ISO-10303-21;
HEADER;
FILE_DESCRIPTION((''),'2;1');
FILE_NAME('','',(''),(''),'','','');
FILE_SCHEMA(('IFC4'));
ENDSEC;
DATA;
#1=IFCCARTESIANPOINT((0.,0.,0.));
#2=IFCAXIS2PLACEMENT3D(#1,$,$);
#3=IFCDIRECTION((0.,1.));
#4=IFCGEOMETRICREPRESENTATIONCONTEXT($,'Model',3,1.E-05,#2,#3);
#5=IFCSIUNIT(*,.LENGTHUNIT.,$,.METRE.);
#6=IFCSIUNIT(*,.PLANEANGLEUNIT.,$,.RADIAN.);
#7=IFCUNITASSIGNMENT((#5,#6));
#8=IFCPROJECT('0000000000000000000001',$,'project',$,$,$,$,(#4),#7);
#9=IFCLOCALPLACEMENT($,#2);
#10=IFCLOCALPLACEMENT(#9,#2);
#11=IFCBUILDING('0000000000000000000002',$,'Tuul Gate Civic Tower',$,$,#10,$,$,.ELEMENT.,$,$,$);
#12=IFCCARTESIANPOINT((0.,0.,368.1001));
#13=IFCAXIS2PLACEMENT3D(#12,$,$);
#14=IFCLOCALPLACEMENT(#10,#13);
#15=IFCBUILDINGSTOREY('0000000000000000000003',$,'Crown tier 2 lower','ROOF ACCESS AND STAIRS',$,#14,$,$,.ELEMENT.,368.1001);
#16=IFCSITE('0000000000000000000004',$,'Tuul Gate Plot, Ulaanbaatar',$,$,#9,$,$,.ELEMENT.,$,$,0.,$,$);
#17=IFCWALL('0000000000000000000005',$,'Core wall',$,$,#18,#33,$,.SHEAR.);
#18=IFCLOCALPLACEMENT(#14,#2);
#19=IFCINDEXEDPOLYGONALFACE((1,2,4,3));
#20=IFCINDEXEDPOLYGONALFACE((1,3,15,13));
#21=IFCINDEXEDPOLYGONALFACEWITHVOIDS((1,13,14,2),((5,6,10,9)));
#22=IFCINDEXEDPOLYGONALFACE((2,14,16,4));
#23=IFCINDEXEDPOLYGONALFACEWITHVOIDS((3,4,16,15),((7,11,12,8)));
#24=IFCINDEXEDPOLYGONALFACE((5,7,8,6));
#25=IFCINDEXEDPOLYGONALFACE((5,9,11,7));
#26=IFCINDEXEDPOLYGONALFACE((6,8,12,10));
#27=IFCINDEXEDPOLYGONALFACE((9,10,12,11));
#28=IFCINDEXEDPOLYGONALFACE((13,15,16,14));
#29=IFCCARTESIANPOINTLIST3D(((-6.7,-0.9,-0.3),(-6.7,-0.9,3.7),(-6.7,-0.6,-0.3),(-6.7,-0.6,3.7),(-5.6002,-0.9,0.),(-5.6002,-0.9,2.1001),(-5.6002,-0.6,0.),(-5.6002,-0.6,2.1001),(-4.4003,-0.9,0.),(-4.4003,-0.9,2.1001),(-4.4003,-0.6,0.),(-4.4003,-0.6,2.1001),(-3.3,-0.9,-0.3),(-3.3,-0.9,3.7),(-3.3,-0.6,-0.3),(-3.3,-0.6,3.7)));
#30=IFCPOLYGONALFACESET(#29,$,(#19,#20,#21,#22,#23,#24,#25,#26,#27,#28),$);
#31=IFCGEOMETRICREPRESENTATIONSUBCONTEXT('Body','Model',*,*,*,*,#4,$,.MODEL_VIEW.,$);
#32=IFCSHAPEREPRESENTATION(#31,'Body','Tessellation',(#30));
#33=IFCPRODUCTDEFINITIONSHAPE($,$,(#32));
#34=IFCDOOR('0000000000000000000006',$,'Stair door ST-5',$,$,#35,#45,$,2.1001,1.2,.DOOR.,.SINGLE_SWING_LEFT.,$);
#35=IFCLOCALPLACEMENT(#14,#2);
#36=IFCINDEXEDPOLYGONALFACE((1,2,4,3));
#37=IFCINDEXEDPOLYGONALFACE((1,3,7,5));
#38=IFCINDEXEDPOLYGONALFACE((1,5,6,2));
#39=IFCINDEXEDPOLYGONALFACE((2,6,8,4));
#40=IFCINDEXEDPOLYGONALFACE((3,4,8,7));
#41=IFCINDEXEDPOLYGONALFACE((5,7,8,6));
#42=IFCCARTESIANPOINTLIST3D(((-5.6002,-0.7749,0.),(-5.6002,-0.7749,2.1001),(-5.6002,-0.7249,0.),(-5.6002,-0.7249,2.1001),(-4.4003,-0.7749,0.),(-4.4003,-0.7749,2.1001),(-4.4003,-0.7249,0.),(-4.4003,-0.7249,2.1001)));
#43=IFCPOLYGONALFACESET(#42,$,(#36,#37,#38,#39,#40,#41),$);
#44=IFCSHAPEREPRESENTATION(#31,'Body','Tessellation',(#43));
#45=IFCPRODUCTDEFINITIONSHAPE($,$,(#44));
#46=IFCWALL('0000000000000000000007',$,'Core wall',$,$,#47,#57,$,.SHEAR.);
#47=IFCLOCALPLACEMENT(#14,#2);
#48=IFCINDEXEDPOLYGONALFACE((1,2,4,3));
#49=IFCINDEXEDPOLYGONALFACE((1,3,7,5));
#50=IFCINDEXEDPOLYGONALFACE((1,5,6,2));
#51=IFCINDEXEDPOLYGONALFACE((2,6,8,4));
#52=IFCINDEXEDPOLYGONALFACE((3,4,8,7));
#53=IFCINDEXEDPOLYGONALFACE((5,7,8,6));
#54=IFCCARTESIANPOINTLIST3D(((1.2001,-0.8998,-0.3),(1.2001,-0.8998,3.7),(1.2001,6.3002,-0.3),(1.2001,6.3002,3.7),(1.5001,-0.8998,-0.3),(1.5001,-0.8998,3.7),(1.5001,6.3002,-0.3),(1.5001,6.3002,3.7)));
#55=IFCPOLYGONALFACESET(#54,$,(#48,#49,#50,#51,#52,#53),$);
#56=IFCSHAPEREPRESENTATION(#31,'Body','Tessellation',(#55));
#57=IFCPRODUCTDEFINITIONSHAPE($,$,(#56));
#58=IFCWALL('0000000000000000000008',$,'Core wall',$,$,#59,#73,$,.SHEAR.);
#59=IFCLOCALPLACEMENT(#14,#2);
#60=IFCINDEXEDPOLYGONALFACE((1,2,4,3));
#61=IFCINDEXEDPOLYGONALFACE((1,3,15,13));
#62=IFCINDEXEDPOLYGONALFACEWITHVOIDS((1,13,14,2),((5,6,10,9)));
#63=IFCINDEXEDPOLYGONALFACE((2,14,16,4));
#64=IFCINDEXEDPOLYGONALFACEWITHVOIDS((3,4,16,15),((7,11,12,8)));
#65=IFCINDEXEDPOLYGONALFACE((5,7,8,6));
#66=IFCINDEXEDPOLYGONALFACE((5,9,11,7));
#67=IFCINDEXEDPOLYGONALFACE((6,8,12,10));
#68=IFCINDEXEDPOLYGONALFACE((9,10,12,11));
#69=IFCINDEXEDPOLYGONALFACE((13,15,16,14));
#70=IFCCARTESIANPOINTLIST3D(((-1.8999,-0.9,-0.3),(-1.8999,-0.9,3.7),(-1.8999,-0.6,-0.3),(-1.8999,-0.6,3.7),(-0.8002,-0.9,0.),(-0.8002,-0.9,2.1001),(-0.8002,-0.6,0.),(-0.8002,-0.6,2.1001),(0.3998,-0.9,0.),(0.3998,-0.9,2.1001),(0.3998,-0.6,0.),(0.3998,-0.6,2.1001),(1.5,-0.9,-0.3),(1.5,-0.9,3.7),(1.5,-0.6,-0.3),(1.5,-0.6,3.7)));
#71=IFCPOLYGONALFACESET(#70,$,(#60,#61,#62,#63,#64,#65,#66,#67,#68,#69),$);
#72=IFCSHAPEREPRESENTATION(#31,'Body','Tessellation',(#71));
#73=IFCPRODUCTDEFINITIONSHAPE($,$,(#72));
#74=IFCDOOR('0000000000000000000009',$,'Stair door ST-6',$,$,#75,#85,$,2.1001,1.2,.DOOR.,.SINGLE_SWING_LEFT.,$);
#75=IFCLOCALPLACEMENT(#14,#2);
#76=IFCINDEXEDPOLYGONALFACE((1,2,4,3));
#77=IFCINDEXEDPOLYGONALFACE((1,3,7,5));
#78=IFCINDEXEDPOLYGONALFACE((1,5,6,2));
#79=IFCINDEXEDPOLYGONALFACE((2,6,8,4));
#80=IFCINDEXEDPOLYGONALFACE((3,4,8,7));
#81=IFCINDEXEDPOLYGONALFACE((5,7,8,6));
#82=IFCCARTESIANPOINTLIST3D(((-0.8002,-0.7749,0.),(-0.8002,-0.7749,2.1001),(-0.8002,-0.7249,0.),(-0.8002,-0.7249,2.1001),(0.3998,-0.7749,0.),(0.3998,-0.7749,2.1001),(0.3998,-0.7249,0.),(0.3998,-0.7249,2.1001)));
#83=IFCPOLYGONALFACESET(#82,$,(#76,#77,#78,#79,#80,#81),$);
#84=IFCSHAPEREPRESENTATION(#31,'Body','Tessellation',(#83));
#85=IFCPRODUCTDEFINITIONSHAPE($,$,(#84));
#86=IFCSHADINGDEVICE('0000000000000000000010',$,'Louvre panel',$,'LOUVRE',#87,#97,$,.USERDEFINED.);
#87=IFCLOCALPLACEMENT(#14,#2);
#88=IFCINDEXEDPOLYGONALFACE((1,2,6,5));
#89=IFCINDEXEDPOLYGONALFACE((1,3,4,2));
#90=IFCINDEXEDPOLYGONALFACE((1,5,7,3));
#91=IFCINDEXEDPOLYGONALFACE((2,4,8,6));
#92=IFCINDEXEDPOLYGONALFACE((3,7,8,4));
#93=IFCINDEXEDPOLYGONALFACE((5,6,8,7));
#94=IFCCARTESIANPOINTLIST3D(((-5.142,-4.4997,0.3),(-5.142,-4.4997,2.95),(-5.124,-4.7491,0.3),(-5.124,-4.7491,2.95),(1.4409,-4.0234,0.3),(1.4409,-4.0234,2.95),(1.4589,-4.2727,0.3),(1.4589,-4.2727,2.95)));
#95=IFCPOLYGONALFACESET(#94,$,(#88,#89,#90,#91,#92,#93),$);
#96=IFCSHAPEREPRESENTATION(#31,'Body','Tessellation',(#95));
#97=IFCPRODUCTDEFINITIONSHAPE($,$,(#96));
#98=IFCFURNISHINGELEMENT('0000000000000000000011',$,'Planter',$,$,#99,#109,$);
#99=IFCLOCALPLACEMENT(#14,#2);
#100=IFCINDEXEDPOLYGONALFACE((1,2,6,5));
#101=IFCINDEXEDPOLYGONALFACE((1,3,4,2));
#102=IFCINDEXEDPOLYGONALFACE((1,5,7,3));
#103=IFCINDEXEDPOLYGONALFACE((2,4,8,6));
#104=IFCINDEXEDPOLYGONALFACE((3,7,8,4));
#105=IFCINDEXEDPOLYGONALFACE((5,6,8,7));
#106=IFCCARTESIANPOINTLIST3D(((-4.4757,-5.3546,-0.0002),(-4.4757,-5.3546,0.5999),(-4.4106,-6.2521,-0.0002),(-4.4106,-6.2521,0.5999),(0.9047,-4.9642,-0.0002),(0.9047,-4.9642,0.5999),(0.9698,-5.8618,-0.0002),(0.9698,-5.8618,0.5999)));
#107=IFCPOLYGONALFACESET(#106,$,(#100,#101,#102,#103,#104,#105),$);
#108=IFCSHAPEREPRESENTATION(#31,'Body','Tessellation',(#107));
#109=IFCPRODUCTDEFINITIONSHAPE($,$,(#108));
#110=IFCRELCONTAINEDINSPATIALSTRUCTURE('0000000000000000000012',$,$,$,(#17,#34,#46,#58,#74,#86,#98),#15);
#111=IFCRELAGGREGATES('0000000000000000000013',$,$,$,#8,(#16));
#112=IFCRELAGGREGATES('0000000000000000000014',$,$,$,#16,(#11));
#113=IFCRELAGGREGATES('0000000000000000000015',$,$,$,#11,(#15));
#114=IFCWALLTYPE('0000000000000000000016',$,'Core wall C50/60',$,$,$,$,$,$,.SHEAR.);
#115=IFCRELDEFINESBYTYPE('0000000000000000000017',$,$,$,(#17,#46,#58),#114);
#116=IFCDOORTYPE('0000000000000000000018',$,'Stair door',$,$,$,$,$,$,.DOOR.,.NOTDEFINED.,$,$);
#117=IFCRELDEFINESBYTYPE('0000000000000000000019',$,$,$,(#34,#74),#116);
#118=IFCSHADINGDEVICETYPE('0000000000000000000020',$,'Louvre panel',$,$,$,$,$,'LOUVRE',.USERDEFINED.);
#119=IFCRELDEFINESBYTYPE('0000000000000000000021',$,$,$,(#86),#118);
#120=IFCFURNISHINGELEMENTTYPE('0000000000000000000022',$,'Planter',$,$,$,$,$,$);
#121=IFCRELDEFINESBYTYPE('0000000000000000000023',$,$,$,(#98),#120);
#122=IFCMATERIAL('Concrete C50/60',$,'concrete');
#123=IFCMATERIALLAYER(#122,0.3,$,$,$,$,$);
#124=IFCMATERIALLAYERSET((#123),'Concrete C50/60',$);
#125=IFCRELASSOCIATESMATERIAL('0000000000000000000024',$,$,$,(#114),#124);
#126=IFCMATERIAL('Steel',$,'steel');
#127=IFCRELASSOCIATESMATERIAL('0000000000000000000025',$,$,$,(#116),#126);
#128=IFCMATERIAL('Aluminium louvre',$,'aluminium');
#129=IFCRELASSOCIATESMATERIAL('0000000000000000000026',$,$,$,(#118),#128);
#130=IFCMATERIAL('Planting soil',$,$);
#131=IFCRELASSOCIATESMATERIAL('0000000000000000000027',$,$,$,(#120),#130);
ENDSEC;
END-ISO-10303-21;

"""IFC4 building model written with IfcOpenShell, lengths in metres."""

from ifc_helpers import new_model, si_unit, direction, frame, frame_2d, origin, origin_2d, place, context, subcontext, project, spatial, rectangle, extrude, material, layer, layer_set, type_object, element, fill, save


model = new_model("IFC4")

# Units and contexts
model_context = context("Model", 3, precision=1e-05, world=origin(), true_north=direction((0.0, 1.0)))
body_context = subcontext(model_context, "Body", "Model", "MODEL_VIEW")
ifc_project = project(units=[si_unit("LENGTHUNIT", "METRE"), si_unit("PLANEANGLEUNIT", "RADIAN")], contexts=[model_context])

# Site, building, storey
site_placement = place(None, origin())
site = spatial("IfcSite", under=ifc_project, at=site_placement, Name="Tuul Gate Plot, Ulaanbaatar", CompositionType="ELEMENT", RefElevation=0.0)
building_placement = place(site_placement, origin())
building = spatial("IfcBuilding", under=site, at=building_placement, Name="Tuul Gate Civic Tower", CompositionType="ELEMENT")
storey_placement = place(building_placement, frame((0.0, 0.0, 368.1001)))
storey = spatial("IfcBuildingStorey", under=building, at=storey_placement, Name="Crown tier 2 lower", Description="ROOF ACCESS AND STAIRS", CompositionType="ELEMENT", Elevation=368.1001)

# Shared definitions
ifc_material_1 = material(Name="Concrete C50/60", Category="concrete")
ifc_layer_1 = layer(ifc_material_1, 0.3)
ifc_layer_set_1 = layer_set([ifc_layer_1], Name="Concrete C50/60")
wall_type = type_object("IfcWallType", Name="Core wall C50/60", PredefinedType="SHEAR", material=ifc_layer_set_1)

# Wall, opening, door
wall_1_placement = place(storey_placement, frame((-3.3, -0.75, -0.3), z_axis=(0.0, 0.0, 1.0), x_axis=(-1.0, 0.0, 0.0)))
wall_1 = element("IfcWall", 1, at=wall_1_placement, inside=storey, type_object=wall_type, Name="Core wall", PredefinedType="SHEAR", context=body_context, shape_type="SweptSolid", body=[
    extrude(rectangle(XDim=3.3999, YDim=0.3, at=frame_2d((1.7, 0.0))), origin(), (0.0, 0.0, 1.0), 4.0),
])
opening_1_placement = place(wall_1_placement, frame((1.1001, 0.0, 0.3)))
opening_1 = element("IfcOpeningElement", 2, at=opening_1_placement, cuts=wall_1, PredefinedType="OPENING", context=body_context, shape_type="SweptSolid", body=[
    extrude(rectangle(XDim=1.2, YDim=2.1001, at=frame_2d((0.6001, 1.05))), frame((0.0, 0.1602, 0.0), z_axis=(0.0, -1.0, 0.0), x_axis=(1.0, 0.0, 0.0)), (0.0, 0.0, 1.0), 0.3201),
])
ifc_material_2 = material(Name="Steel", Category="steel")
door_type = type_object("IfcDoorType", Name="Stair door", OperationType="NOTDEFINED", PredefinedType="DOOR", material=ifc_material_2)
door_1_placement = place(opening_1_placement, origin())
door_1 = element("IfcDoor", 3, at=door_1_placement, inside=storey, type_object=door_type, Name="Stair door ST-5", OperationType="SINGLE_SWING_LEFT", OverallHeight=2.1001, OverallWidth=1.2, PredefinedType="DOOR", context=body_context, shape_type="SweptSolid", body=[
    extrude(rectangle(XDim=1.2, YDim=2.1001, at=frame_2d((0.6001, 1.05))), frame((0.0, 0.0249, 0.0), z_axis=(0.0, -1.0, 0.0), x_axis=(1.0, 0.0, 0.0)), (0.0, 0.0, 1.0), 0.05),
])
fill(opening_1, door_1)

# Wall
wall_2_placement = place(storey_placement, frame((1.3501, -0.8999, -0.3), z_axis=(0.0, 0.0, 1.0), x_axis=(0.0, 1.0, 0.0)))
element("IfcWall", 4, at=wall_2_placement, inside=storey, type_object=wall_type, Name="Core wall", PredefinedType="SHEAR", context=body_context, shape_type="SweptSolid", body=[
    extrude(rectangle(XDim=7.2, YDim=0.3, at=frame_2d((3.6001, 0.0))), origin(), (0.0, 0.0, 1.0), 4.0),
])

# Wall, opening, door
wall_3_placement = place(storey_placement, frame((1.5, -0.75, -0.3), z_axis=(0.0, 0.0, 1.0), x_axis=(-1.0, 0.0, 0.0)))
wall_3 = element("IfcWall", 5, at=wall_3_placement, inside=storey, type_object=wall_type, Name="Core wall", PredefinedType="SHEAR", context=body_context, shape_type="SweptSolid", body=[
    extrude(rectangle(XDim=3.3999, YDim=0.3, at=frame_2d((1.7, 0.0))), origin(), (0.0, 0.0, 1.0), 4.0),
])
opening_2_placement = place(wall_3_placement, frame((1.1001, 0.0, 0.3)))
opening_2 = element("IfcOpeningElement", 6, at=opening_2_placement, cuts=wall_3, PredefinedType="OPENING", context=body_context, shape_type="SweptSolid", body=[
    extrude(rectangle(XDim=1.2, YDim=2.1001, at=frame_2d((0.6001, 1.05))), frame((0.0, 0.1602, 0.0), z_axis=(0.0, -1.0, 0.0), x_axis=(1.0, 0.0, 0.0)), (0.0, 0.0, 1.0), 0.3201),
])
door_2_placement = place(opening_2_placement, origin())
door_2 = element("IfcDoor", 7, at=door_2_placement, inside=storey, type_object=door_type, Name="Stair door ST-6", OperationType="SINGLE_SWING_LEFT", OverallHeight=2.1001, OverallWidth=1.2, PredefinedType="DOOR", context=body_context, shape_type="SweptSolid", body=[
    extrude(rectangle(XDim=1.2, YDim=2.1001, at=frame_2d((0.6001, 1.05))), frame((0.0, 0.0249, 0.0), z_axis=(0.0, -1.0, 0.0), x_axis=(1.0, 0.0, 0.0)), (0.0, 0.0, 1.0), 0.05),
])
fill(opening_2, door_2)

# Shading device
ifc_material_3 = material(Name="Aluminium louvre", Category="aluminium")
shading_device_type = type_object("IfcShadingDeviceType", Name="Louvre panel", ElementType="LOUVRE", PredefinedType="USERDEFINED", material=ifc_material_3)
shading_device_placement = place(storey_placement, frame((-1.8416, -4.3862, 0.3), z_axis=(0.0, 0.0, 1.0), x_axis=(0.072168, -0.997393, 0.0)))
element("IfcShadingDevice", 8, at=shading_device_placement, inside=storey, type_object=shading_device_type, Name="Louvre panel", ObjectType="LOUVRE", PredefinedType="USERDEFINED", context=body_context, shape_type="SweptSolid", body=[
    extrude(rectangle(XDim=0.25, YDim=6.6001, at=origin_2d()), origin(), (0.0, 0.0, 1.0), 2.6499),
])

# Furnishing element
ifc_material_4 = material(Name="Planting soil")
furnishing_element_type = type_object("IfcFurnishingElementType", Name="Planter", material=ifc_material_4)
furnishing_placement = place(storey_placement, frame((-1.7529, -5.6082, -0.0002), z_axis=(0.0, 0.0, 1.0), x_axis=(0.997379, 0.072359, 0.0)))
element("IfcFurnishingElement", 9, at=furnishing_placement, inside=storey, type_object=furnishing_element_type, Name="Planter", context=body_context, shape_type="SweptSolid", body=[
    extrude(rectangle(XDim=5.3945, YDim=0.8999, at=origin_2d()), origin(), (0.0, 0.0, 1.0), 0.6001),
])

save(model, "model.ifc")
